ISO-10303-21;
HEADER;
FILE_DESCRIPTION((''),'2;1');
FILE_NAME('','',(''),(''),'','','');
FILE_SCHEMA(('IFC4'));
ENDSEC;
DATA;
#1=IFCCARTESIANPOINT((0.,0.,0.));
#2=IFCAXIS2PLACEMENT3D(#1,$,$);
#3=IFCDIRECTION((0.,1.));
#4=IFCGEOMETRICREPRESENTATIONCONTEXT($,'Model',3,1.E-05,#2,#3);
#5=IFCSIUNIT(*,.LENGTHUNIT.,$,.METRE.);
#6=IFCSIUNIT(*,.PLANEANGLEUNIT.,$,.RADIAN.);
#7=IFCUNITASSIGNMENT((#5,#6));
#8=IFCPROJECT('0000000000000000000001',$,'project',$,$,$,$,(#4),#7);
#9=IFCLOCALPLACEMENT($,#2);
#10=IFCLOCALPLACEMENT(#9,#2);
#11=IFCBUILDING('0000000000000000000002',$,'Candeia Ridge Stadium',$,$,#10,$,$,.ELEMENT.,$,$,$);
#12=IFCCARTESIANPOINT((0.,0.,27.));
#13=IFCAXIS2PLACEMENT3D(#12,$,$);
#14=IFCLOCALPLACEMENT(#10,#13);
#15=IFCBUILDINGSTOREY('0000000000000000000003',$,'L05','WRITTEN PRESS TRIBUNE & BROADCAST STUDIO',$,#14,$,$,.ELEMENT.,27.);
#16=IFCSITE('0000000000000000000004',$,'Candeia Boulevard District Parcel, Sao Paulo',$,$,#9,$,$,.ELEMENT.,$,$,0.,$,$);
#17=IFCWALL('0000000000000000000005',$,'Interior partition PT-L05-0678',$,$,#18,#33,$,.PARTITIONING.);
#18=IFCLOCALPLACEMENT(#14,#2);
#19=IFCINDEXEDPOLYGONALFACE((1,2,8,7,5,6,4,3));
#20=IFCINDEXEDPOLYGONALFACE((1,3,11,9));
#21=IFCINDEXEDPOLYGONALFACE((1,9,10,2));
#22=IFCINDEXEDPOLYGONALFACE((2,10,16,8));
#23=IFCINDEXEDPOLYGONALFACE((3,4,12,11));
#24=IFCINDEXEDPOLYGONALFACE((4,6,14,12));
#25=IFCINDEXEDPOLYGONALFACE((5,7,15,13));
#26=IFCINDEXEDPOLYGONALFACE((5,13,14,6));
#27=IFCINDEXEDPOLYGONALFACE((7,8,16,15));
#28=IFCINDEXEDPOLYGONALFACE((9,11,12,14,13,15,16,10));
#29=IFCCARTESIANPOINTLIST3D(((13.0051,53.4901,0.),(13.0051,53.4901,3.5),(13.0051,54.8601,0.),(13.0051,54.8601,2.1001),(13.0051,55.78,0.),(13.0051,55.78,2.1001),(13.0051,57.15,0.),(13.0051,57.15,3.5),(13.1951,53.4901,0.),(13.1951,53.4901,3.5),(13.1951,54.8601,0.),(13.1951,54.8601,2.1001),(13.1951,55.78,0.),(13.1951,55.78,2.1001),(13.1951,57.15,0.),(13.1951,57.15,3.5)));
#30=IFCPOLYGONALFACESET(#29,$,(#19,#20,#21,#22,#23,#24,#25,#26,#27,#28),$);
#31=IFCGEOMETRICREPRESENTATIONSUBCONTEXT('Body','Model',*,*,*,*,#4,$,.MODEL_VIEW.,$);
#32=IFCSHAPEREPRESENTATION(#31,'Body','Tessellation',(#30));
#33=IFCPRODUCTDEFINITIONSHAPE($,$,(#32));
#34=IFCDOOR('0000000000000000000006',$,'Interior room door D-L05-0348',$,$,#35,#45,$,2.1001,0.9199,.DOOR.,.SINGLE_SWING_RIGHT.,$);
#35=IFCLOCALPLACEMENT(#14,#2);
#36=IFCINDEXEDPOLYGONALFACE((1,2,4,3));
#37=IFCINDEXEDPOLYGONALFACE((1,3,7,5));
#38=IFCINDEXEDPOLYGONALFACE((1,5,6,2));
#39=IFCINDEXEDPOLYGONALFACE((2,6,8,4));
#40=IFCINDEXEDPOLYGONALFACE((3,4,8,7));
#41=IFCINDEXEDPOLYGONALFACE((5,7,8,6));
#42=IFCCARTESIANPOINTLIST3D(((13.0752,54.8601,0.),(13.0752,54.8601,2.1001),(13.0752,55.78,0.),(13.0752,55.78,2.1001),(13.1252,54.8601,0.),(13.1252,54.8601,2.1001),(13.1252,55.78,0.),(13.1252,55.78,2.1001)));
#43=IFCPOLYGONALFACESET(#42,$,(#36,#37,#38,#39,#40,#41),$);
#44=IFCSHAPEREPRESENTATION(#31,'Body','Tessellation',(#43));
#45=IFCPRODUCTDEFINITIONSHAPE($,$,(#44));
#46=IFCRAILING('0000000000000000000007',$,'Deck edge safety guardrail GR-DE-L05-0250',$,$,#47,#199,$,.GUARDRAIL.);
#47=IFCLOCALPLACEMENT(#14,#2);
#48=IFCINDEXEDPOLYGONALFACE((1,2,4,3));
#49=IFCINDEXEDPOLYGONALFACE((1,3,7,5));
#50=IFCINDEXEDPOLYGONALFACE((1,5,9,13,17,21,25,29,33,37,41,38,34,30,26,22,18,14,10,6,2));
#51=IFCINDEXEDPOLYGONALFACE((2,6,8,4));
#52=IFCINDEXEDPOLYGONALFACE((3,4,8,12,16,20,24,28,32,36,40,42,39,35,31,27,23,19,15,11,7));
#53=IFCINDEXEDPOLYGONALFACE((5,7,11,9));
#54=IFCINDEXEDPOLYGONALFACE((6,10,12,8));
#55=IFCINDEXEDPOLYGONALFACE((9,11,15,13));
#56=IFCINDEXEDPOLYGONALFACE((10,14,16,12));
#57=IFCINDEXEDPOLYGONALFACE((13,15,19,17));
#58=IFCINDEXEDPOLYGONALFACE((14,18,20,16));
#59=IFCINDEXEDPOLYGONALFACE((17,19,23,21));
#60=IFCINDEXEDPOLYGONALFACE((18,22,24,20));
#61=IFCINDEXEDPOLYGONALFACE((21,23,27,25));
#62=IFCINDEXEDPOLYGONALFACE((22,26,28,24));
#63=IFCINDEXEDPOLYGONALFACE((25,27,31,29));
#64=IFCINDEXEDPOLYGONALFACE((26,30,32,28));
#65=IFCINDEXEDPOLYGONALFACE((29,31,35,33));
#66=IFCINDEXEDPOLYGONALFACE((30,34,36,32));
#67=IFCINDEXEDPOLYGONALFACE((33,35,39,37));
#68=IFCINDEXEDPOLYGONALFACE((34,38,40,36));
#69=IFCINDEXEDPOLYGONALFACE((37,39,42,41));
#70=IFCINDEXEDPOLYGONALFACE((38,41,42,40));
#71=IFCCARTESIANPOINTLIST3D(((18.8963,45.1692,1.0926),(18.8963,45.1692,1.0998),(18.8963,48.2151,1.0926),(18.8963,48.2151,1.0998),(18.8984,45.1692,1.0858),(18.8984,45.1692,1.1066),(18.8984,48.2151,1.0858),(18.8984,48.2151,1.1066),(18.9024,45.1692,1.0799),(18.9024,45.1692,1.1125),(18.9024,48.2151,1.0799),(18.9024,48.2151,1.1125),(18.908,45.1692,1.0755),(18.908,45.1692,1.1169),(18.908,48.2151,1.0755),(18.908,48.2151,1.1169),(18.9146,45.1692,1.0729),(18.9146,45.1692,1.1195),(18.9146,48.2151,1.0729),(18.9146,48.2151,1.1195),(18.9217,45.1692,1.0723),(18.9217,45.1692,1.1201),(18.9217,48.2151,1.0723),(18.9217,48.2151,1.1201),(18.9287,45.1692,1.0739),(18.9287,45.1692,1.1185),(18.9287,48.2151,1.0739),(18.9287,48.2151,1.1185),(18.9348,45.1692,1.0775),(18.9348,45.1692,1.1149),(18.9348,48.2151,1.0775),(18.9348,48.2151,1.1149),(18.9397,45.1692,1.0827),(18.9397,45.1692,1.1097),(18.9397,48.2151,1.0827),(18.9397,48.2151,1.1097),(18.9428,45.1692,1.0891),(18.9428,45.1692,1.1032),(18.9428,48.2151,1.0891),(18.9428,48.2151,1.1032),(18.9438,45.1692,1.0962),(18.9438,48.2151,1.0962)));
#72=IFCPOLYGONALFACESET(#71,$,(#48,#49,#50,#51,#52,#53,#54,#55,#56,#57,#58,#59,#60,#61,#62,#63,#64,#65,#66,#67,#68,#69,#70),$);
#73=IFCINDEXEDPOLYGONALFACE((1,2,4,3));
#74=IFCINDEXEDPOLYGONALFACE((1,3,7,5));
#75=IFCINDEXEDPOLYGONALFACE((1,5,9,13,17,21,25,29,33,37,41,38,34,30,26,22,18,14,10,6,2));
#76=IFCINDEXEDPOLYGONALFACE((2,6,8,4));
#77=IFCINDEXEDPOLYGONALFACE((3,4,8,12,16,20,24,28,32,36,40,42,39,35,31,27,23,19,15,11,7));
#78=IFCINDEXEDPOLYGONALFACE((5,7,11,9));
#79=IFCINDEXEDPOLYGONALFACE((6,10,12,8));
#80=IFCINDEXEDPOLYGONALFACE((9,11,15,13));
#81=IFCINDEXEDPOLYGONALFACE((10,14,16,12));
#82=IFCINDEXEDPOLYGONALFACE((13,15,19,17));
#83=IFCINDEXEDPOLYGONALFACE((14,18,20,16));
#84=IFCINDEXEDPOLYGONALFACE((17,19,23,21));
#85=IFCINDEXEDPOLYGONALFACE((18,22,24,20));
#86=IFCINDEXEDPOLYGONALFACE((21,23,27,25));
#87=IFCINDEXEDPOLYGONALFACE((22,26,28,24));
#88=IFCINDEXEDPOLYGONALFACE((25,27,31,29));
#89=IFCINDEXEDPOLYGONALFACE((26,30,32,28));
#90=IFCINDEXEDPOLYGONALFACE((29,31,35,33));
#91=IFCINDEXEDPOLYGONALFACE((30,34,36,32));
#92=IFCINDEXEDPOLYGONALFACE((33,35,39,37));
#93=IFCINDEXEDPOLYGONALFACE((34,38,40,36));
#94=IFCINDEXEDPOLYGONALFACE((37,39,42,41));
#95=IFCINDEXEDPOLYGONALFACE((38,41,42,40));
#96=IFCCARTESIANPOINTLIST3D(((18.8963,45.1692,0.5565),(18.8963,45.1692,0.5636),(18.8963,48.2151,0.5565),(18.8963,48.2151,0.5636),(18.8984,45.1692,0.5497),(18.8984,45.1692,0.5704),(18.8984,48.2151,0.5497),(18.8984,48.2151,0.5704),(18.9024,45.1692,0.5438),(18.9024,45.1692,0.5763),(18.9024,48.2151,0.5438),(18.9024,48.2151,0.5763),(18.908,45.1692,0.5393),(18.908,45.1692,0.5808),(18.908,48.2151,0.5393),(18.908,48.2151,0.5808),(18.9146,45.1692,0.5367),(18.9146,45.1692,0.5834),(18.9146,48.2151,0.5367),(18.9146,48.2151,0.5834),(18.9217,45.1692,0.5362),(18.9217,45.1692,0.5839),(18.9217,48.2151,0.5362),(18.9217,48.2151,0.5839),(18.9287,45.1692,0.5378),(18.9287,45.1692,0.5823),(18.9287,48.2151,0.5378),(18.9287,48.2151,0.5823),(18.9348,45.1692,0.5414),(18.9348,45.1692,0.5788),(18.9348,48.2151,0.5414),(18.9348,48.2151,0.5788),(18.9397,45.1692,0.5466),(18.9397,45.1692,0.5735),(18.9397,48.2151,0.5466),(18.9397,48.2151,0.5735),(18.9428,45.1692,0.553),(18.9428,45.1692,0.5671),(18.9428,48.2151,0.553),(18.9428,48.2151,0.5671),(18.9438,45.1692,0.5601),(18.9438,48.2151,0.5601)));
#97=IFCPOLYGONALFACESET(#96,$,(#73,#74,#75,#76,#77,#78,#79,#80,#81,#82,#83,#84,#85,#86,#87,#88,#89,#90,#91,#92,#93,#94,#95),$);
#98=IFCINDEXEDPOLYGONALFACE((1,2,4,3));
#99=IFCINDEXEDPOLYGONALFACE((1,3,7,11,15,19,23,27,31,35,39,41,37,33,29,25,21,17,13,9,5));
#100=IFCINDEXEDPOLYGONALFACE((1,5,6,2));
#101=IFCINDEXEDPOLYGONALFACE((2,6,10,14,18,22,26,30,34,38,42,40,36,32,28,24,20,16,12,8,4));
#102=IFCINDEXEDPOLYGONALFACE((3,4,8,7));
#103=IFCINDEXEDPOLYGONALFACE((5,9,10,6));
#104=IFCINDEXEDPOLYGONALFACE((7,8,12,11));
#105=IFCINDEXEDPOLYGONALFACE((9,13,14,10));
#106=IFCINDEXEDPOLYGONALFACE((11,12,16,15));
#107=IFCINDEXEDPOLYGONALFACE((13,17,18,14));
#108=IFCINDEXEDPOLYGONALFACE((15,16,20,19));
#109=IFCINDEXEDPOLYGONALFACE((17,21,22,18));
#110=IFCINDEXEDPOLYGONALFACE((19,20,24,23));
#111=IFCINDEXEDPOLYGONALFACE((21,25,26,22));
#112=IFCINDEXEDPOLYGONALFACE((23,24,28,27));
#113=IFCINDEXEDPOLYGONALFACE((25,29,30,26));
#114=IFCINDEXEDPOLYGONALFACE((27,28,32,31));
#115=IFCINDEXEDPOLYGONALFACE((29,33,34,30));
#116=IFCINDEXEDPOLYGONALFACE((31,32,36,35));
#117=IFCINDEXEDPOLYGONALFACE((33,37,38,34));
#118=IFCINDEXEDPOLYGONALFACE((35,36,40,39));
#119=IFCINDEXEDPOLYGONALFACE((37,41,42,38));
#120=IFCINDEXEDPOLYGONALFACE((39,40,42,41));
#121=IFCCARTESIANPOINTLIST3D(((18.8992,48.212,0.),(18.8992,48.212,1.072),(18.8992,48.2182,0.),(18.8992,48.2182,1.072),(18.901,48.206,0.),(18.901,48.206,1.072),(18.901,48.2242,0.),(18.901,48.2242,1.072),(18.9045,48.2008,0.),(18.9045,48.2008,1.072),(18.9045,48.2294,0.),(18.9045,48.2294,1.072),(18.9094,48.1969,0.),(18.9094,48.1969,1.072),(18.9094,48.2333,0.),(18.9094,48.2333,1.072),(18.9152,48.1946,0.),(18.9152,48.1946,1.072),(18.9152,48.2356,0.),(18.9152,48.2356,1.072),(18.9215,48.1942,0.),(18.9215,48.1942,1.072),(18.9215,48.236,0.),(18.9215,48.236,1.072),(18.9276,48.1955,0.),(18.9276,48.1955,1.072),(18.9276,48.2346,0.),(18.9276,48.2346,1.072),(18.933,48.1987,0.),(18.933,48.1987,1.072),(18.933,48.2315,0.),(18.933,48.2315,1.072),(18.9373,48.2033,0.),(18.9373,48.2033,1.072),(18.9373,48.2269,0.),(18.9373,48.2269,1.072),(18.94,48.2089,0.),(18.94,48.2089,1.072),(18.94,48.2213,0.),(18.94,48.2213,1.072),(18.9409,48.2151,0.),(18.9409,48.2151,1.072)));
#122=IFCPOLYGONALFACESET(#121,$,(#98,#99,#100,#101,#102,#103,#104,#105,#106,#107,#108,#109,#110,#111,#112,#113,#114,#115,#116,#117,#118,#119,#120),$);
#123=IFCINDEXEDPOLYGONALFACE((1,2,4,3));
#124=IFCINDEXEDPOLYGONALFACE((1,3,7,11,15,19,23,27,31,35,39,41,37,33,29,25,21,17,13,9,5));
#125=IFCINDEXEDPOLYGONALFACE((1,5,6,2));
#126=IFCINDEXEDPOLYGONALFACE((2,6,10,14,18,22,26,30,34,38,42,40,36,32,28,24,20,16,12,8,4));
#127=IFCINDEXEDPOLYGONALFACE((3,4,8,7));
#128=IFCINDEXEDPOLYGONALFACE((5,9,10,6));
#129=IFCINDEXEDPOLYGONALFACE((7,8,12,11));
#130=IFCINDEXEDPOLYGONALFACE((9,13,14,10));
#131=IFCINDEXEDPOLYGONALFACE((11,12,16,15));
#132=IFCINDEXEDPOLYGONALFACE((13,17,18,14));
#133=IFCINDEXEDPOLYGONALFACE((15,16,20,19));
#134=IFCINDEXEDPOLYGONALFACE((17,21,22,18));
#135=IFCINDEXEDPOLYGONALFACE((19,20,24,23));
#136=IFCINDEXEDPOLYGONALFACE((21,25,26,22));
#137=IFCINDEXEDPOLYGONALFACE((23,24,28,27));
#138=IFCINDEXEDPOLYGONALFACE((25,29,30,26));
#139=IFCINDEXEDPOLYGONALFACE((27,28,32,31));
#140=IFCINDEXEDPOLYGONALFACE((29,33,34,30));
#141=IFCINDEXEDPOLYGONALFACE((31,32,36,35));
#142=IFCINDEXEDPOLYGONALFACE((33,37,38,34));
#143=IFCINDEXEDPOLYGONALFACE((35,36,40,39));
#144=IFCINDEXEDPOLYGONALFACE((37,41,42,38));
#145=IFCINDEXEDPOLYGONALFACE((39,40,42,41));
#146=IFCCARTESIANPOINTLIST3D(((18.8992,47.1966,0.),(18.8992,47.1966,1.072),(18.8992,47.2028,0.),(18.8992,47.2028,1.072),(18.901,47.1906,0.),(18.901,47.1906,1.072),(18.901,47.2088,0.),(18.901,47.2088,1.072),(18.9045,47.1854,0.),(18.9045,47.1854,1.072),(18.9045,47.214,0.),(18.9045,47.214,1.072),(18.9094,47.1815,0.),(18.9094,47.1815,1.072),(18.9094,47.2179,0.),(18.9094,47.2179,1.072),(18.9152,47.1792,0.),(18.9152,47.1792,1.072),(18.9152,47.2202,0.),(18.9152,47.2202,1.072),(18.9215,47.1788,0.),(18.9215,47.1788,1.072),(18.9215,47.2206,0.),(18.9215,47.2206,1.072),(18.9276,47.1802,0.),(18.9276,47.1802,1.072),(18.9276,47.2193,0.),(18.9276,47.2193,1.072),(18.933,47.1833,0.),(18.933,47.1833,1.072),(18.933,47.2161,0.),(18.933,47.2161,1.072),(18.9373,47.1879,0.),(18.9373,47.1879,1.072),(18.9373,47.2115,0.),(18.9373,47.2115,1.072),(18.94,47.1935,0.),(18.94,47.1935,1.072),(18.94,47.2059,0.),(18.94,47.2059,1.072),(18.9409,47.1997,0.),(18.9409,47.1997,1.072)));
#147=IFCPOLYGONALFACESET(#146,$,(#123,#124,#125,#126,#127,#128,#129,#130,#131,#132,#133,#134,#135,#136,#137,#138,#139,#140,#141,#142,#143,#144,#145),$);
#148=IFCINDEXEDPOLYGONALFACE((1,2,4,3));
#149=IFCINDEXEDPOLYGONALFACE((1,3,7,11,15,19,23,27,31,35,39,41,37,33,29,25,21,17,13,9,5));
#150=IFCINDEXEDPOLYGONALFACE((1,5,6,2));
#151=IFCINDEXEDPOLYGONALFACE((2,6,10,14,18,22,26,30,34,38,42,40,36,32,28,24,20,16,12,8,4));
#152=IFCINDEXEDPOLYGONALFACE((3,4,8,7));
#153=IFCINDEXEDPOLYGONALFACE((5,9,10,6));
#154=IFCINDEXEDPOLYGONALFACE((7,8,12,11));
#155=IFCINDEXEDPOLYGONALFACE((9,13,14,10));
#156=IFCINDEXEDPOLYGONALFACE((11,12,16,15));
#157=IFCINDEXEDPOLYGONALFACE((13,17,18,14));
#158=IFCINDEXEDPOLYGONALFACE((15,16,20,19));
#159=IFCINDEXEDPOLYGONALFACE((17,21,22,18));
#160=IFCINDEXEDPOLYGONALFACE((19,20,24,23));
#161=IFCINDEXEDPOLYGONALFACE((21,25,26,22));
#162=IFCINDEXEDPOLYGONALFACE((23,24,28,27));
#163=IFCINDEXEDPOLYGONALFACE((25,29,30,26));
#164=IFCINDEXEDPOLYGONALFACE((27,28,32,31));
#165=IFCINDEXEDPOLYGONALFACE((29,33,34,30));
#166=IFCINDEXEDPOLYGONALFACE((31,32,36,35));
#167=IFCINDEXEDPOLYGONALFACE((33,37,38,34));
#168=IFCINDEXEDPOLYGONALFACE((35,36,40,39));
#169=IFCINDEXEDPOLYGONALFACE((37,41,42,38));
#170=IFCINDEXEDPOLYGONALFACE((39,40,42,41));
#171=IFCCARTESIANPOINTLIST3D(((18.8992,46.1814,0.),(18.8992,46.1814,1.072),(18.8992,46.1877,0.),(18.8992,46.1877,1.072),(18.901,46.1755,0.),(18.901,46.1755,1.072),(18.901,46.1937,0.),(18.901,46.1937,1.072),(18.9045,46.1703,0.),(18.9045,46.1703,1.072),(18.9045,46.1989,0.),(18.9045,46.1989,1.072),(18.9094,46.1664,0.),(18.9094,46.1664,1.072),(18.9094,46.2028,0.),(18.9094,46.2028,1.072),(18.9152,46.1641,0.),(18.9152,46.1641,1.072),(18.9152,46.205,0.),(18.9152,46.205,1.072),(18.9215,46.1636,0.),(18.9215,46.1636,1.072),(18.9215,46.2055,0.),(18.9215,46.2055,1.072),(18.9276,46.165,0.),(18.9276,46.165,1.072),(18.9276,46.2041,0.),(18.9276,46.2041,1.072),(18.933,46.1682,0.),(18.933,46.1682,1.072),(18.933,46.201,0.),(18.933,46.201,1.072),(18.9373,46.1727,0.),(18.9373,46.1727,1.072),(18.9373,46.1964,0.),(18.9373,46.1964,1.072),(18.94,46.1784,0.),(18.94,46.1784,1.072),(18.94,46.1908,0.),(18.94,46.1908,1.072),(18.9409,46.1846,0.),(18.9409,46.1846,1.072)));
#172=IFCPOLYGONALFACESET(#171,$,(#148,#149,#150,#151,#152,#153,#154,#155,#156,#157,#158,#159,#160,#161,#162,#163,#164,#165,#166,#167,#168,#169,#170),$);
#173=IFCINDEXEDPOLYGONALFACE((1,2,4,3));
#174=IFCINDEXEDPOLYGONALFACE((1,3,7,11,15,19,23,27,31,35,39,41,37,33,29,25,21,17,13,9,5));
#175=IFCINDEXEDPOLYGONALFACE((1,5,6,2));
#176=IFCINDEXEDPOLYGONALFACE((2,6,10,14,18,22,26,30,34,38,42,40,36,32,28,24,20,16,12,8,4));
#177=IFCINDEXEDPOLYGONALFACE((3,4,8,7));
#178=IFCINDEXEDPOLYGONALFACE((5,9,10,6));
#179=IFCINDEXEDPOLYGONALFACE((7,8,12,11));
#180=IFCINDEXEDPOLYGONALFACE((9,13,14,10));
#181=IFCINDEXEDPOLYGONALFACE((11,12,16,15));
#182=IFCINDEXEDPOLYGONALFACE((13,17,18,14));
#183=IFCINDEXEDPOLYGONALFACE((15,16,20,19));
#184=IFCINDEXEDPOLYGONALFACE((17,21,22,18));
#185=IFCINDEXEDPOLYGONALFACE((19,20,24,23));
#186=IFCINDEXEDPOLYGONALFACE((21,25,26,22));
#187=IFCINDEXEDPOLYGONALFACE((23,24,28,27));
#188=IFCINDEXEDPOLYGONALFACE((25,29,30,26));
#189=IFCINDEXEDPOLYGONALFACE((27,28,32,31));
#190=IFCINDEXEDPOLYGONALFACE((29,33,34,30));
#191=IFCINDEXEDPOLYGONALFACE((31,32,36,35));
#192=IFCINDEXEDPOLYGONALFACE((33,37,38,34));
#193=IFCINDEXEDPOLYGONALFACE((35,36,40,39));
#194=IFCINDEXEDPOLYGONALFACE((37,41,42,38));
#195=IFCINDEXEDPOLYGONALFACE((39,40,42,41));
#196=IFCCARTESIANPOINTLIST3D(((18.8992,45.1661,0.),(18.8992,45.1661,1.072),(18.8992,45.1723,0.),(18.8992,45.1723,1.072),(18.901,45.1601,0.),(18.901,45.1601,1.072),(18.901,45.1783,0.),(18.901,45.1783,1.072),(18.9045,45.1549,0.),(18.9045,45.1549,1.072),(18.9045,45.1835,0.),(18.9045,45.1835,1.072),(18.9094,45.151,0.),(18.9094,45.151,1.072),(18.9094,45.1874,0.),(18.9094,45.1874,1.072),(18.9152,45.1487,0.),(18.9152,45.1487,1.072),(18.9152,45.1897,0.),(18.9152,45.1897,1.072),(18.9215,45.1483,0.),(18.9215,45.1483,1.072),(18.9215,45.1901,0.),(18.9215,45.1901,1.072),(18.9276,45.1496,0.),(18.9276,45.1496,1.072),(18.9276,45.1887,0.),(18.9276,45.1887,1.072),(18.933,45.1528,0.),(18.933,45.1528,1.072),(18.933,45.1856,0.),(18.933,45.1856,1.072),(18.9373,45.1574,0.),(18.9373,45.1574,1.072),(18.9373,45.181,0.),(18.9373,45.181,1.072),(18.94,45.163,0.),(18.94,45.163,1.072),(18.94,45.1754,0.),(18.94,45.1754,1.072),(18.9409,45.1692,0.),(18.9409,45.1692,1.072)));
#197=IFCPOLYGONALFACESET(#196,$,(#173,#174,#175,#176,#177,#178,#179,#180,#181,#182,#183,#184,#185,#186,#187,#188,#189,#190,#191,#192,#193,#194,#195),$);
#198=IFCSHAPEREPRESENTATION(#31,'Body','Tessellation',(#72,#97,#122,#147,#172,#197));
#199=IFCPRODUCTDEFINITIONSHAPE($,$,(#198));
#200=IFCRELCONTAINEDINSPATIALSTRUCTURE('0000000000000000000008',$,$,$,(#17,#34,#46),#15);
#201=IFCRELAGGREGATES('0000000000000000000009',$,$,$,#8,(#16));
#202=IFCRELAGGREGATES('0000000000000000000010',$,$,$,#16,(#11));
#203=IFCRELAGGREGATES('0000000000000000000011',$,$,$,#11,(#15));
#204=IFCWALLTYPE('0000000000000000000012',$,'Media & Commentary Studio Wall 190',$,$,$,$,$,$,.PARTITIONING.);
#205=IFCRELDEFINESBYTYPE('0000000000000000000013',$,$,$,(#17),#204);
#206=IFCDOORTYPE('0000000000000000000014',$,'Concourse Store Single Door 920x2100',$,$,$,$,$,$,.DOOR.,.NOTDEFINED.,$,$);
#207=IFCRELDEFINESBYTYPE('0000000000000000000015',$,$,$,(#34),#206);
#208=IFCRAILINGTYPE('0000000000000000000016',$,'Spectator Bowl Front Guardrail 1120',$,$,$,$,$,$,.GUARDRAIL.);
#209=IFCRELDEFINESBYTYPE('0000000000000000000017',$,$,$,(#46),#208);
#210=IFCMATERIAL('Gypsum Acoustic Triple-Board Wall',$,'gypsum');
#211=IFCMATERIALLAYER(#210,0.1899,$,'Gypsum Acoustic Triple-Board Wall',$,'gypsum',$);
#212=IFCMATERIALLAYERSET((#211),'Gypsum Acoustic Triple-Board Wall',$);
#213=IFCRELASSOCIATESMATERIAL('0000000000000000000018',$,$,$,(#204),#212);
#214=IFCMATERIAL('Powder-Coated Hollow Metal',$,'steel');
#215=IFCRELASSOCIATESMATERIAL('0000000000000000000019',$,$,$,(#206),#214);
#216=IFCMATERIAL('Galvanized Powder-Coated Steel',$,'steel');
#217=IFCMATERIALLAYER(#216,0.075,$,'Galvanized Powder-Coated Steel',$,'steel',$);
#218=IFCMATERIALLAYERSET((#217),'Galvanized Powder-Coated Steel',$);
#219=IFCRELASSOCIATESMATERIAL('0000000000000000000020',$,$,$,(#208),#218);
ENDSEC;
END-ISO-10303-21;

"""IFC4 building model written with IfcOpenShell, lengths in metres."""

from ifc_helpers import new_model, si_unit, direction, frame, frame_2d, origin, origin_2d, place, context, subcontext, project, spatial, rectangle, circle, extrude, material, layer, layer_set, type_object, element, fill, save


model = new_model("IFC4")

# Units and contexts
model_context = context("Model", 3, precision=1e-05, world=origin(), true_north=direction((0.0, 1.0)))
body_context = subcontext(model_context, "Body", "Model", "MODEL_VIEW")
ifc_project = project(units=[si_unit("LENGTHUNIT", "METRE"), si_unit("PLANEANGLEUNIT", "RADIAN")], contexts=[model_context])

# Site, building, storey
site_placement = place(None, origin())
site = spatial("IfcSite", under=ifc_project, at=site_placement, Name="Candeia Boulevard District Parcel, Sao Paulo", CompositionType="ELEMENT", RefElevation=0.0)
building_placement = place(site_placement, origin())
building = spatial("IfcBuilding", under=site, at=building_placement, Name="Candeia Ridge Stadium", CompositionType="ELEMENT")
storey_placement = place(building_placement, frame((0.0, 0.0, 27.0)))
storey = spatial("IfcBuildingStorey", under=building, at=storey_placement, Name="L05", Description="WRITTEN PRESS TRIBUNE & BROADCAST STUDIO", CompositionType="ELEMENT", Elevation=27.0)

# Wall, opening, door
ifc_material_1 = material(Name="Gypsum Acoustic Triple-Board Wall", Category="gypsum")
ifc_layer_1 = layer(ifc_material_1, 0.1899, Name="Gypsum Acoustic Triple-Board Wall", Category="gypsum")
ifc_layer_set_1 = layer_set([ifc_layer_1], Name="Gypsum Acoustic Triple-Board Wall")
wall_type_1 = type_object("IfcWallType", Name="Media & Commentary Studio Wall 190", PredefinedType="PARTITIONING", material=ifc_layer_set_1)
wall_1_placement = place(storey_placement, frame((13.1001, 53.49, 0.0), z_axis=(0.0, 0.0, 1.0), x_axis=(0.0, 1.0, 0.0)))
wall_1 = element("IfcWall", 1, at=wall_1_placement, inside=storey, type_object=wall_type_1, Name="Interior partition PT-L05-0678", PredefinedType="PARTITIONING", context=body_context, shape_type="SweptSolid", body=[
    extrude(rectangle(XDim=3.6599, YDim=0.1899, at=frame_2d((1.8301, 0.0))), origin(), (0.0, 0.0, 1.0), 3.5),
])
opening_1_placement = place(wall_1_placement, frame((1.3701, 0.0, 0.0)))
opening_1 = element("IfcOpeningElement", 2, at=opening_1_placement, cuts=wall_1, PredefinedType="OPENING", context=body_context, shape_type="SweptSolid", body=[
    extrude(rectangle(XDim=0.9199, YDim=2.1001, at=frame_2d((0.46, 1.05))), frame((0.0, 0.105, 0.0), z_axis=(0.0, -1.0, 0.0), x_axis=(1.0, 0.0, 0.0)), (0.0, 0.0, 1.0), 0.21),
])
ifc_material_2 = material(Name="Powder-Coated Hollow Metal", Category="steel")
door_type_1 = type_object("IfcDoorType", Name="Concourse Store Single Door 920x2100", OperationType="NOTDEFINED", PredefinedType="DOOR", material=ifc_material_2)
door_1_placement = place(opening_1_placement, origin())
door_1 = element("IfcDoor", 3, at=door_1_placement, inside=storey, type_object=door_type_1, Name="Interior room door D-L05-0348", OperationType="SINGLE_SWING_RIGHT", OverallHeight=2.1001, OverallWidth=0.9199, PredefinedType="DOOR", context=body_context, shape_type="SweptSolid", body=[
    extrude(rectangle(XDim=0.9199, YDim=2.1001, at=frame_2d((0.46, 1.05))), frame((0.0, 0.0249, 0.0), z_axis=(0.0, -1.0, 0.0), x_axis=(1.0, 0.0, 0.0)), (0.0, 0.0, 1.0), 0.05),
])
fill(opening_1, door_1)

# Railing
ifc_material_3 = material(Name="Galvanized Powder-Coated Steel", Category="steel")
ifc_layer_2 = layer(ifc_material_3, 0.075, Name="Galvanized Powder-Coated Steel", Category="steel")
ifc_layer_set_2 = layer_set([ifc_layer_2], Name="Galvanized Powder-Coated Steel")
railing_type = type_object("IfcRailingType", Name="Spectator Bowl Front Guardrail 1120", PredefinedType="GUARDRAIL", material=ifc_layer_set_2)
railing_placement = place(storey_placement, frame((18.9199, 48.2151, 0.0)))
element("IfcRailing", 4, at=railing_placement, inside=storey, type_object=railing_type, Name="Deck edge safety guardrail GR-DE-L05-0250", PredefinedType="GUARDRAIL", context=body_context, shape_type="SweptSolid", body=[
    extrude(circle(Radius=0.0239, at=origin_2d()), frame((0.0, 0.0, 1.0962), z_axis=(0.0, -1.0, 0.0), x_axis=(1.0, 0.0, 0.0)), (0.0, 0.0, 1.0), 3.0459),
    extrude(circle(Radius=0.0239, at=origin_2d()), frame((0.0, 0.0, 0.5601), z_axis=(0.0, -1.0, 0.0), x_axis=(1.0, 0.0, 0.0)), (0.0, 0.0, 1.0), 3.0459),
    extrude(circle(Radius=0.021, at=origin_2d()), origin(), (0.0, 0.0, 1.0), 1.072),
    extrude(circle(Radius=0.021, at=origin_2d()), frame((0.0, -1.0154, 0.0)), (0.0, 0.0, 1.0), 1.072),
    extrude(circle(Radius=0.021, at=origin_2d()), frame((0.0, -2.0305, 0.0)), (0.0, 0.0, 1.0), 1.072),
    extrude(circle(Radius=0.021, at=origin_2d()), frame((0.0, -3.0459, 0.0)), (0.0, 0.0, 1.0), 1.072),
])

save(model, "model.ifc")
